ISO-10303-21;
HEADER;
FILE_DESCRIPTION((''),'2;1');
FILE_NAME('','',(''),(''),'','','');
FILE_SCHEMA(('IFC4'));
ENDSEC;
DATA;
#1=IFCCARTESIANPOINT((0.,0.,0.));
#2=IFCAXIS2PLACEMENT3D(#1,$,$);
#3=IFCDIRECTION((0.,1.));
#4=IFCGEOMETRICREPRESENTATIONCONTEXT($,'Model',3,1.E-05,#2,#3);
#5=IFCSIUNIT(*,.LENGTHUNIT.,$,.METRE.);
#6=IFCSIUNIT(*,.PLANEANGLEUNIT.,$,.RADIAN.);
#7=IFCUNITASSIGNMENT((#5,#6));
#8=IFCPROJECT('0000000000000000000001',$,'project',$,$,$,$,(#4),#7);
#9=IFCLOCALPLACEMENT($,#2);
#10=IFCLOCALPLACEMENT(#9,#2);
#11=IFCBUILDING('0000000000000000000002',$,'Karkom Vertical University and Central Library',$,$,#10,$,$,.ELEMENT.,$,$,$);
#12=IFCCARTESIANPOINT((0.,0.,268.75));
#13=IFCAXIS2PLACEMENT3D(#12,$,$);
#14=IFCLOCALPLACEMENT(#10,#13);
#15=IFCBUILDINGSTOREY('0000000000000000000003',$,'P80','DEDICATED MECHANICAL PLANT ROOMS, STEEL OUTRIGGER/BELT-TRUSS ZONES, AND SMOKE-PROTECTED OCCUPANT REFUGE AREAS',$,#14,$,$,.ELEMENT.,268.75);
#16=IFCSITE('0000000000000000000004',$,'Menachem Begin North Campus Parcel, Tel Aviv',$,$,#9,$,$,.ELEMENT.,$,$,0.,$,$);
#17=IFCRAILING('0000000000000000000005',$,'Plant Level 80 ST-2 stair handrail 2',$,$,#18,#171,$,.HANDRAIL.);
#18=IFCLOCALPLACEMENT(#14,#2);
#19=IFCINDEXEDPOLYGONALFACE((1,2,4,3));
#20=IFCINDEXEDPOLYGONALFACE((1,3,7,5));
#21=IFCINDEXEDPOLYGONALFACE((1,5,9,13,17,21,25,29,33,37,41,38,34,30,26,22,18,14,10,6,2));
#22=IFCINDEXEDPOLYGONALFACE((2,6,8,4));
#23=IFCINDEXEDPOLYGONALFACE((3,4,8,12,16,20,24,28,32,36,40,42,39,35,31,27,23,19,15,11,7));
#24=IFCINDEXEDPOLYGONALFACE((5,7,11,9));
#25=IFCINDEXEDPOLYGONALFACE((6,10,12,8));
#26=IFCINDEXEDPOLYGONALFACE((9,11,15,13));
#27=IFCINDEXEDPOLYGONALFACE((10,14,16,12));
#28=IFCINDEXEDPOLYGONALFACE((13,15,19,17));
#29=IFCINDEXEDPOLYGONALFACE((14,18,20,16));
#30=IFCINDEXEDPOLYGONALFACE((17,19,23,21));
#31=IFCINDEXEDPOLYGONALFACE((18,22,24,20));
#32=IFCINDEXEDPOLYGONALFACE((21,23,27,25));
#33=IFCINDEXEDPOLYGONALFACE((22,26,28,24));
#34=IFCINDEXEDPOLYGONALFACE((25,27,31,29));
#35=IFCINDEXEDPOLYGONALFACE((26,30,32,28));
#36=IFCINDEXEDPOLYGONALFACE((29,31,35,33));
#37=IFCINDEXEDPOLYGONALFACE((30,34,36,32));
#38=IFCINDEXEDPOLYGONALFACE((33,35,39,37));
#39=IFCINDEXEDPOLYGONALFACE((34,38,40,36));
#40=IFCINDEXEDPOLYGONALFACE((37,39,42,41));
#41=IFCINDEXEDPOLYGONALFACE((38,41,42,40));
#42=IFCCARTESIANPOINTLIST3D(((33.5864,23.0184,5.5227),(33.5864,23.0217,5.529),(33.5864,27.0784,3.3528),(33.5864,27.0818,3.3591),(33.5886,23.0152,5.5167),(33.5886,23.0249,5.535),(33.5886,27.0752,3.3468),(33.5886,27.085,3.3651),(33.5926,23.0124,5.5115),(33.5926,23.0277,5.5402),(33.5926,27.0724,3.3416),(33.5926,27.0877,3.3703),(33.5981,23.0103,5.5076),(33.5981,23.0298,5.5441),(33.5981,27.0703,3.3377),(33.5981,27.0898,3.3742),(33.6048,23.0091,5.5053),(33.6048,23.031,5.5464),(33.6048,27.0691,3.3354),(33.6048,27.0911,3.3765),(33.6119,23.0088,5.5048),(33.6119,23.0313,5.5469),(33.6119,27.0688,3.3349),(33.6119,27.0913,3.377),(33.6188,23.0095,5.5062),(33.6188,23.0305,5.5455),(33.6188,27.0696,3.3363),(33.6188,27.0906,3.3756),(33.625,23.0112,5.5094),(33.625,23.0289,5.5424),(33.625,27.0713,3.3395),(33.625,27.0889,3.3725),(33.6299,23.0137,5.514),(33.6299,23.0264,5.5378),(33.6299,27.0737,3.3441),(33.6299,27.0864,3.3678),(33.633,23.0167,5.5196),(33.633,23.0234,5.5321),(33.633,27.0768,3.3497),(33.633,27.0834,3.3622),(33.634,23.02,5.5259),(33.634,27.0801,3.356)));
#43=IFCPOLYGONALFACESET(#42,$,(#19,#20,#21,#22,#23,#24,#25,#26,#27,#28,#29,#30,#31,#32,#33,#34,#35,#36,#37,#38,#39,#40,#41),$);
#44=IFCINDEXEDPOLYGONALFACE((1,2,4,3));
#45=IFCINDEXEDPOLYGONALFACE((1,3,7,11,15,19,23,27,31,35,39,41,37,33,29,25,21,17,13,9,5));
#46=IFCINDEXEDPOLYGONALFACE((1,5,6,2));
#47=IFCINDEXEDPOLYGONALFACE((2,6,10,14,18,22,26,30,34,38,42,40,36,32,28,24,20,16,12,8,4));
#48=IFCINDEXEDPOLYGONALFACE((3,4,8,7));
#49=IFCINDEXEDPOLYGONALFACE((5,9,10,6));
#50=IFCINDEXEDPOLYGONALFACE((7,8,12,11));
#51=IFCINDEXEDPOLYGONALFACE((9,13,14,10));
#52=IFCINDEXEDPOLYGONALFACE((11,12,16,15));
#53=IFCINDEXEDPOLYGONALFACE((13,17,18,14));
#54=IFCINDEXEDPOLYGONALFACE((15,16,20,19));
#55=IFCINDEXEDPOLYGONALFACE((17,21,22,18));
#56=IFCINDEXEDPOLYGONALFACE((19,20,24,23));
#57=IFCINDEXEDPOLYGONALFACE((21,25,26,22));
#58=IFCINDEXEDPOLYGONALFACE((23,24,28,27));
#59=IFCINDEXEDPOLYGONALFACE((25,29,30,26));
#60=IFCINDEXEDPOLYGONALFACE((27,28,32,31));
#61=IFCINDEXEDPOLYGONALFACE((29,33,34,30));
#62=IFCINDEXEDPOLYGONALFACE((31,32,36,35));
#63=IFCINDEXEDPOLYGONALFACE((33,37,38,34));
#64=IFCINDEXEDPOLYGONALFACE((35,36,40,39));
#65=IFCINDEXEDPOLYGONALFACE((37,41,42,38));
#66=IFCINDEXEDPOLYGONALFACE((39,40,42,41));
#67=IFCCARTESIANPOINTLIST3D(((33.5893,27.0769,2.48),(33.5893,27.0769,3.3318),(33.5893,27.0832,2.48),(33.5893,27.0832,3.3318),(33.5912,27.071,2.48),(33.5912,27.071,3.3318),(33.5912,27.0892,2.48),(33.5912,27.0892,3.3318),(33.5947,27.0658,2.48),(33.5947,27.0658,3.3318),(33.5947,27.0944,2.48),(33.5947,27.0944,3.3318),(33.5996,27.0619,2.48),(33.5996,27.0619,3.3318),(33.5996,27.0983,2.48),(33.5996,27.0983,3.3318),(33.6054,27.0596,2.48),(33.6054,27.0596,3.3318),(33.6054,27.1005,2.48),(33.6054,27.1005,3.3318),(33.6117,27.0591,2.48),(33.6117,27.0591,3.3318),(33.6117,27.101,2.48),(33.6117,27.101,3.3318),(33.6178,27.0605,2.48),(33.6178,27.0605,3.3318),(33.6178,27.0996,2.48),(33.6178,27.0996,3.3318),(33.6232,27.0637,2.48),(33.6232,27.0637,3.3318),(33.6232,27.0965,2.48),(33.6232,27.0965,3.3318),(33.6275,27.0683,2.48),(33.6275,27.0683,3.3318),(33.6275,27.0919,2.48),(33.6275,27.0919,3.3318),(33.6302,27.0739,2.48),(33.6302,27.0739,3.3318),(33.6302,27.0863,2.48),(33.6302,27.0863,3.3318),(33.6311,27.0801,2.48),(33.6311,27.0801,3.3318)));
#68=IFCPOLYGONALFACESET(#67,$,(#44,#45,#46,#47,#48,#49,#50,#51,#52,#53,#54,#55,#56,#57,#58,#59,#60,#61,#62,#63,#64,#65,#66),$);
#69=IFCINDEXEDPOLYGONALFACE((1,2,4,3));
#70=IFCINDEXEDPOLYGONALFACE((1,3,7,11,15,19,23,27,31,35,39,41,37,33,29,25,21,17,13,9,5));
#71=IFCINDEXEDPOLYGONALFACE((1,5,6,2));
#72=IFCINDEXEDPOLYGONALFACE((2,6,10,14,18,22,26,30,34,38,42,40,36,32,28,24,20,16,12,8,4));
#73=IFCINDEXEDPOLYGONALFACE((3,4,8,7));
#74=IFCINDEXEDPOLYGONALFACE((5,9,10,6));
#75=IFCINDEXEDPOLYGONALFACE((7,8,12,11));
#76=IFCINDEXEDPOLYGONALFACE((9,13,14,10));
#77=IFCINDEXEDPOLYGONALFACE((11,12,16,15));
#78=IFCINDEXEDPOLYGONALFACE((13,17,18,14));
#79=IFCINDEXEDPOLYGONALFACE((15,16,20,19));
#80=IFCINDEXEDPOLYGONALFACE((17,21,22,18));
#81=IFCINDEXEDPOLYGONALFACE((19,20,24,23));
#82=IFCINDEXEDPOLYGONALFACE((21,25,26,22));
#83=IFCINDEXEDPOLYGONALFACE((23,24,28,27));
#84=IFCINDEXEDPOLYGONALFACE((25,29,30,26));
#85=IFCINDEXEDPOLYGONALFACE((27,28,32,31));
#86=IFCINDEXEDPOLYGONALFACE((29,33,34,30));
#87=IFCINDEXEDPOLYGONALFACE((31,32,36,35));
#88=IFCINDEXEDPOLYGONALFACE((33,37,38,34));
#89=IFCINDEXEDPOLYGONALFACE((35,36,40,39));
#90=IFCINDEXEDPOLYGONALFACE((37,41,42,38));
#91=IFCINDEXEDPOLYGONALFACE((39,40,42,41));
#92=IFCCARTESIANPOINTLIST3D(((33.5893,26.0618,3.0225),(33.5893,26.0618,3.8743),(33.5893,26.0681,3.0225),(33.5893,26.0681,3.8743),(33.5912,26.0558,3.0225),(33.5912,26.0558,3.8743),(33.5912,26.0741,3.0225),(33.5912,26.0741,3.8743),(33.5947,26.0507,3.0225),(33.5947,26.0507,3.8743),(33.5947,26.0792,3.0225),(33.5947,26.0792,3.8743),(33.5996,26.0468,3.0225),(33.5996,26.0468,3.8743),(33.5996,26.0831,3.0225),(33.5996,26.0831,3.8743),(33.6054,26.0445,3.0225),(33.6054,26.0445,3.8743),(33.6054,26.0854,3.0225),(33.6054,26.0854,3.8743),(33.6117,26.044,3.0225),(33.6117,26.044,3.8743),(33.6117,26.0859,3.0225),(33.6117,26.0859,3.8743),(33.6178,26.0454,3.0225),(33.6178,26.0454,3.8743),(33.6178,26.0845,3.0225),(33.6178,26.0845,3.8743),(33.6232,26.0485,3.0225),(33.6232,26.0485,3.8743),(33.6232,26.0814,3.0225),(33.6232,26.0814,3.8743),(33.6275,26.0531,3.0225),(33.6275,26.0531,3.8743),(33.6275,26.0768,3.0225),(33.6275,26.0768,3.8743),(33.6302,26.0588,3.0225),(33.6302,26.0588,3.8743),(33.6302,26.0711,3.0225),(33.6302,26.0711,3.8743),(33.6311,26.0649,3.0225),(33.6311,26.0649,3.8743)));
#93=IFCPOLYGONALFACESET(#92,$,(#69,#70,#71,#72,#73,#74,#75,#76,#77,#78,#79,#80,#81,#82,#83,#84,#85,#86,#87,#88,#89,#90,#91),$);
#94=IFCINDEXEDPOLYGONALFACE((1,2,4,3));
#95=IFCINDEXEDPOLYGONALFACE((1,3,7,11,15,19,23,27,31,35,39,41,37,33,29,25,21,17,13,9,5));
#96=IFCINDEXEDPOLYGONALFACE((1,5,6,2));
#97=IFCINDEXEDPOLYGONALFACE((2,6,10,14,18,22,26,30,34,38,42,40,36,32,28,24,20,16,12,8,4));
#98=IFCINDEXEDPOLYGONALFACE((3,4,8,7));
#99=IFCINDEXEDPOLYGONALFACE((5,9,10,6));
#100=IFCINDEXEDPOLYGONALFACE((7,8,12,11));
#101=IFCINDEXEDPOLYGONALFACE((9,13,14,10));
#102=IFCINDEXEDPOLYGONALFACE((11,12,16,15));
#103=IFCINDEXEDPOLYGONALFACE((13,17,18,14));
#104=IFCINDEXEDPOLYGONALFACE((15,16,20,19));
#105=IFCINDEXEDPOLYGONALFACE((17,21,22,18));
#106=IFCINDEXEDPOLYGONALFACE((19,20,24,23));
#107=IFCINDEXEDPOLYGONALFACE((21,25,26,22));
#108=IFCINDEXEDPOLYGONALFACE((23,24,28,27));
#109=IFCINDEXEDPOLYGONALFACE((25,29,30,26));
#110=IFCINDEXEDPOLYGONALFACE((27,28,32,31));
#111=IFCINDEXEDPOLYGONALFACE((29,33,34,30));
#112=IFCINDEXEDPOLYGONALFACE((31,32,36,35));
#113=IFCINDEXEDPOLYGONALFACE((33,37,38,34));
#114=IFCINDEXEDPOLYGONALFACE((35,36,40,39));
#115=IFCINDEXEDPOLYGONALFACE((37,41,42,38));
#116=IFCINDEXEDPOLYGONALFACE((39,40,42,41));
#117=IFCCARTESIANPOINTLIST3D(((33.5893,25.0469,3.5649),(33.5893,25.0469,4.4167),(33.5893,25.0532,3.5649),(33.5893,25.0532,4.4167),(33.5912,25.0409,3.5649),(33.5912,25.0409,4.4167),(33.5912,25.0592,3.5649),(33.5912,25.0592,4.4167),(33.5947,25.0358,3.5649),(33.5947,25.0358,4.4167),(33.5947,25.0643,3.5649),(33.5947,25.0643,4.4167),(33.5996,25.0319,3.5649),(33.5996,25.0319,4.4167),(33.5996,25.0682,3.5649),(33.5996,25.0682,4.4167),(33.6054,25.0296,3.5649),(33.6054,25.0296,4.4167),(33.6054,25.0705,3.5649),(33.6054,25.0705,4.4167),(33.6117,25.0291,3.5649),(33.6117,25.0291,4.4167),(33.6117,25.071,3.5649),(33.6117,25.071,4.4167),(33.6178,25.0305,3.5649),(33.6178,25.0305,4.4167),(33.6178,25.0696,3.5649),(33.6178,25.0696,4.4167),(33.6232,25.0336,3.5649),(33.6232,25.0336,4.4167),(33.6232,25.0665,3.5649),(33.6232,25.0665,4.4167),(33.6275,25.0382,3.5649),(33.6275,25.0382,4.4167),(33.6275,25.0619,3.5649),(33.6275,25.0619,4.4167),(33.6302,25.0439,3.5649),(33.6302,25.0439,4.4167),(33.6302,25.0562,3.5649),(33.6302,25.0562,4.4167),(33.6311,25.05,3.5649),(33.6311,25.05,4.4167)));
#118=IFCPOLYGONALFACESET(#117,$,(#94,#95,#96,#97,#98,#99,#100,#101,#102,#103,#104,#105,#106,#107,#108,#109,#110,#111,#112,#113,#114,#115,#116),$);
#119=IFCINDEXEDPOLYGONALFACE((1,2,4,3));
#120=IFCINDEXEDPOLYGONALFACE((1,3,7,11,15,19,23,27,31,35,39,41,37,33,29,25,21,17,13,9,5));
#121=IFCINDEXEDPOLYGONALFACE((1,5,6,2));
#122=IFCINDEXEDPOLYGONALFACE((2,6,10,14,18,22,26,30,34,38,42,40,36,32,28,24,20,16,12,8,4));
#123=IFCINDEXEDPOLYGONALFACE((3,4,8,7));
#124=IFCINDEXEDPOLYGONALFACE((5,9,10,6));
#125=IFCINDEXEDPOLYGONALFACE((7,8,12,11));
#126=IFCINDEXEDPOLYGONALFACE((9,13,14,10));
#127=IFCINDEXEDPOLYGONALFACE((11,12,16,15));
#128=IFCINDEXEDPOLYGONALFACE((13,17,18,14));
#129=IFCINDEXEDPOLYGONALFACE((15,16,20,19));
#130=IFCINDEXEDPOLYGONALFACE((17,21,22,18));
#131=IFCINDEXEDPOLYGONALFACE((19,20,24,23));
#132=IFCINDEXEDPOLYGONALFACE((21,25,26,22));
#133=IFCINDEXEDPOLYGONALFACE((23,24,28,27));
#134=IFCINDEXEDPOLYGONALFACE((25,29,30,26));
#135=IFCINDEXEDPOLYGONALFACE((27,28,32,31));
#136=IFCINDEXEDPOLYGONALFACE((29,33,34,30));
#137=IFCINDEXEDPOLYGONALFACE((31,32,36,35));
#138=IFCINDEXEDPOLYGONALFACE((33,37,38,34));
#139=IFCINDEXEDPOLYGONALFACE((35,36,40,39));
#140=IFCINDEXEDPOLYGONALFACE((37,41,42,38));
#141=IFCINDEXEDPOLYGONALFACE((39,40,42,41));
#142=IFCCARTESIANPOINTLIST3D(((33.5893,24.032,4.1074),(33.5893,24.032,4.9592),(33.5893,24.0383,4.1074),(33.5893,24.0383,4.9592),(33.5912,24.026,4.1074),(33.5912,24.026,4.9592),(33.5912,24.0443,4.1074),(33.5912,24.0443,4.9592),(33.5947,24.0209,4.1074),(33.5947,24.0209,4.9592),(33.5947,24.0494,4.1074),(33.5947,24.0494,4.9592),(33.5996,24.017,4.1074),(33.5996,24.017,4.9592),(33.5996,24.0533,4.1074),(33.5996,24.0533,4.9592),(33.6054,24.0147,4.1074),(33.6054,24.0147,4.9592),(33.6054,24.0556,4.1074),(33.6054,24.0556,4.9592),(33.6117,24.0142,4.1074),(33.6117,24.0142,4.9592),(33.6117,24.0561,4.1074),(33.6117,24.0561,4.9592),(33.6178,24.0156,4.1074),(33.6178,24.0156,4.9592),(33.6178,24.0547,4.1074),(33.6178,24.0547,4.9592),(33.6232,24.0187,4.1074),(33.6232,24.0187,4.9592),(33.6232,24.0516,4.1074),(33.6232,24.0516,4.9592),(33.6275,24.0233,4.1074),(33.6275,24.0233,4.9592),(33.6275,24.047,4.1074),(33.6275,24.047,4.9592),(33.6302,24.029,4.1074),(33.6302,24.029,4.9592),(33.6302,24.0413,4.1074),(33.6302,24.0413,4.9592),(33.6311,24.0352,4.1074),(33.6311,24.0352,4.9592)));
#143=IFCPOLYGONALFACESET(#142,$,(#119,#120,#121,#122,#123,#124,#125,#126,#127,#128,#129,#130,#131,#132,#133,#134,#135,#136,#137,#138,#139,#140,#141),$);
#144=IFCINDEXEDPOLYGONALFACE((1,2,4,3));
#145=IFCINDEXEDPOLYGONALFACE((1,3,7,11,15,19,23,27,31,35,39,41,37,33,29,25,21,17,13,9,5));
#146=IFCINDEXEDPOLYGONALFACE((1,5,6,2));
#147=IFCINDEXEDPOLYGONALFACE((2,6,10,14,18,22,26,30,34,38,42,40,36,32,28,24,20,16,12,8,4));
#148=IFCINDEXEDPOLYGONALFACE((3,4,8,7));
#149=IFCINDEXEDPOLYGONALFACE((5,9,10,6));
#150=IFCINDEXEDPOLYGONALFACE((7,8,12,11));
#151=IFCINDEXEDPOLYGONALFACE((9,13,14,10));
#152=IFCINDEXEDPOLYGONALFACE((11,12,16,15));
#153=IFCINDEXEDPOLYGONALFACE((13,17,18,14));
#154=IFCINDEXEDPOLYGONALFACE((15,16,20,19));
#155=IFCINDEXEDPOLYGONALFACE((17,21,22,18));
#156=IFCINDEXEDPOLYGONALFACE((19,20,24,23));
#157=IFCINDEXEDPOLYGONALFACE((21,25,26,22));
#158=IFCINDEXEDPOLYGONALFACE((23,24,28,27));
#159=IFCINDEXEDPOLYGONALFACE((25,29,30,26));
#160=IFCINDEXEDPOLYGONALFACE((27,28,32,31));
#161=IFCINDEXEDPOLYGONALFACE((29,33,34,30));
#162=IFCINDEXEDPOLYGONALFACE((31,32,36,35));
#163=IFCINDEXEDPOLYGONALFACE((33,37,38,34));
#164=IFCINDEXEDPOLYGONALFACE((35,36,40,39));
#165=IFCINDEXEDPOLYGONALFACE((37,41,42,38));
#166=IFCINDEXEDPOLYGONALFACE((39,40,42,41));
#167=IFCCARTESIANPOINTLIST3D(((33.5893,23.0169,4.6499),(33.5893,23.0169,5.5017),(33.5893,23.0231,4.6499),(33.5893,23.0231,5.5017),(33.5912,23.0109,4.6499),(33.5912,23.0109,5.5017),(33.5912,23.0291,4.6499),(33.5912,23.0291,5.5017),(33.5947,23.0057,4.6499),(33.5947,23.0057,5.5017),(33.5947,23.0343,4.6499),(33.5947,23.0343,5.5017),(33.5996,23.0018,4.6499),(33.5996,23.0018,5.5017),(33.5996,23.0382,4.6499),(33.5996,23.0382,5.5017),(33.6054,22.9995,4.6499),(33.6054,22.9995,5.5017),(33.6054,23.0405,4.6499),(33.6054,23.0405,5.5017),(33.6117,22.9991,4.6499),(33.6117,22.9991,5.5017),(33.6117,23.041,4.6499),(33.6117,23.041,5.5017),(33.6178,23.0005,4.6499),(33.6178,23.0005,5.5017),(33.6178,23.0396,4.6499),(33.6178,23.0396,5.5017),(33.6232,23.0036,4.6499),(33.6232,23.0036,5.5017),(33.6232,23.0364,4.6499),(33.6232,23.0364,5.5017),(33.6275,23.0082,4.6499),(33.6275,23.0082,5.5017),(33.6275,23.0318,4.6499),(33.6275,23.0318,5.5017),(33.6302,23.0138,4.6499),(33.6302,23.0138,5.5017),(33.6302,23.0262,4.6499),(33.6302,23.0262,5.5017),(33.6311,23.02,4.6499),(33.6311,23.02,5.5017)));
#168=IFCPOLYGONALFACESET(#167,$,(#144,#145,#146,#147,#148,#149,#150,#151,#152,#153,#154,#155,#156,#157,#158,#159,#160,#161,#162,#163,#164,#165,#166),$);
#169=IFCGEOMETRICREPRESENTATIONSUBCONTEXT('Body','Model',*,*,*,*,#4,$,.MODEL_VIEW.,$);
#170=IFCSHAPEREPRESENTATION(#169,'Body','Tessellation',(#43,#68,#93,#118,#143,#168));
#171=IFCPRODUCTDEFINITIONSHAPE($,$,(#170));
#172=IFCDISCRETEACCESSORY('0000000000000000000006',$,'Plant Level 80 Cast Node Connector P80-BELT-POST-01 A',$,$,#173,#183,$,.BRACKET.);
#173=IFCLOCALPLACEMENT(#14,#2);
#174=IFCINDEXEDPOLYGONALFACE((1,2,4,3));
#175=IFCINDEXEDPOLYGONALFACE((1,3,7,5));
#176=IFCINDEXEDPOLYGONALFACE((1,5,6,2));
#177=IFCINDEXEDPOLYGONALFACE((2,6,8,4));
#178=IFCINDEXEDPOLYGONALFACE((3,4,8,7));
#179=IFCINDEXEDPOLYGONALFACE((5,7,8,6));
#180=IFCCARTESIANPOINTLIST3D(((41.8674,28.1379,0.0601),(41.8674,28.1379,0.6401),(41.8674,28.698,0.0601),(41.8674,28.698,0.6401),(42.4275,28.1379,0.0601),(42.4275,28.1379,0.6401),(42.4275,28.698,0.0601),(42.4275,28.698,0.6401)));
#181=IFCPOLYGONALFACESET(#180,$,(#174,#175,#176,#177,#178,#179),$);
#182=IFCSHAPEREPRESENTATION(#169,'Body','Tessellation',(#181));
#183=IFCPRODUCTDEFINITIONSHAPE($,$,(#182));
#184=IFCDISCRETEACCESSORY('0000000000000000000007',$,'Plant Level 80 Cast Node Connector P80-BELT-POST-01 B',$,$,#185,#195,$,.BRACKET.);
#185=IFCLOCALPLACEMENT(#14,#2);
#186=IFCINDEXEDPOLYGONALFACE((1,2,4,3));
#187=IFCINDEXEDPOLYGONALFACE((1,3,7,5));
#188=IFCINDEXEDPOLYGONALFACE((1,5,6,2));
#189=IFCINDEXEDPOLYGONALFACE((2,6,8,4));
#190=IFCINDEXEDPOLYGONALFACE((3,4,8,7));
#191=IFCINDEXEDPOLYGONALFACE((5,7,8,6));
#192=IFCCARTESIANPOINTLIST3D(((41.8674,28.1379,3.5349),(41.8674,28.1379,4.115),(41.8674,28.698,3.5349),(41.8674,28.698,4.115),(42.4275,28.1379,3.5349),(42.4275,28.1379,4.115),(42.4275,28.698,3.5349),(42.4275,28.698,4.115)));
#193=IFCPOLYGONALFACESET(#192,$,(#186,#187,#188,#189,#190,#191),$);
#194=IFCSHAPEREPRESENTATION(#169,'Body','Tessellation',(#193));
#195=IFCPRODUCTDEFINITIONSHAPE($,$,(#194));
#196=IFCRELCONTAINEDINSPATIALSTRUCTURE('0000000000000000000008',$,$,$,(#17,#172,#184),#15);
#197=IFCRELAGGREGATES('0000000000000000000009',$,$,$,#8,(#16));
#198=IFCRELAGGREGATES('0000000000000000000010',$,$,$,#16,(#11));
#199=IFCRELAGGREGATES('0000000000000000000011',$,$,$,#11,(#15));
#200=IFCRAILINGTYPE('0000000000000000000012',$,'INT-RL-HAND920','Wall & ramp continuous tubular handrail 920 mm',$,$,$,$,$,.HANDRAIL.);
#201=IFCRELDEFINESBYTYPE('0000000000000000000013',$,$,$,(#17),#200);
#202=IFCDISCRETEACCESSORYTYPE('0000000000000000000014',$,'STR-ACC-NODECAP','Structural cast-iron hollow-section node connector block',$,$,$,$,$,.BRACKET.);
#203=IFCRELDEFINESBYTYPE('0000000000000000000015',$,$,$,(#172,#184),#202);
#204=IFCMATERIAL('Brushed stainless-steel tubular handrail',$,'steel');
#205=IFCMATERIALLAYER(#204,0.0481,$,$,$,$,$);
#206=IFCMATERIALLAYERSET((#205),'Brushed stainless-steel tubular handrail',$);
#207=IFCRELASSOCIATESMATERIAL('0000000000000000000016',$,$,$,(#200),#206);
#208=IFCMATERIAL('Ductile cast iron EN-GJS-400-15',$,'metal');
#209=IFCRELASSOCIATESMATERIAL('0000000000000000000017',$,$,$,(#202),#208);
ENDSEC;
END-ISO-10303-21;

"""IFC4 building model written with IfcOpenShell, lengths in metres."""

from ifc_helpers import new_model, si_unit, direction, frame, origin, origin_with_axes, origin_2d, place, context, subcontext, project, spatial, rectangle, circle, extrude, source, transform, mapped, material, layer, layer_set, type_object, element, save


model = new_model("IFC4")

# Units and contexts
model_context = context("Model", 3, precision=1e-05, world=origin(), true_north=direction((0.0, 1.0)))
body_context = subcontext(model_context, "Body", "Model", "MODEL_VIEW")
ifc_project = project(units=[si_unit("LENGTHUNIT", "METRE"), si_unit("PLANEANGLEUNIT", "RADIAN")], contexts=[model_context])

# Site, building, storey
site_placement = place(None, origin())
site = spatial("IfcSite", under=ifc_project, at=site_placement, Name="Menachem Begin North Campus Parcel, Tel Aviv", CompositionType="ELEMENT", RefElevation=0.0)
building_placement = place(site_placement, origin())
building = spatial("IfcBuilding", under=site, at=building_placement, Name="Karkom Vertical University and Central Library", CompositionType="ELEMENT")
storey_placement = place(building_placement, frame((0.0, 0.0, 268.75)))
storey = spatial("IfcBuildingStorey", under=building, at=storey_placement, Name="P80", Description="DEDICATED MECHANICAL PLANT ROOMS, STEEL OUTRIGGER/BELT-TRUSS ZONES, AND SMOKE-PROTECTED OCCUPANT REFUGE AREAS", CompositionType="ELEMENT", Elevation=268.75)

# Railing
ifc_material_1 = material(Name="Brushed stainless-steel tubular handrail", Category="steel")
ifc_layer_1 = layer(ifc_material_1, 0.0481)
ifc_layer_set_1 = layer_set([ifc_layer_1], Name="Brushed stainless-steel tubular handrail")
railing_type_1 = type_object("IfcRailingType", Name="INT-RL-HAND920", Description="Wall & ramp continuous tubular handrail 920 mm", PredefinedType="HANDRAIL", material=ifc_layer_set_1)
railing_1_placement = place(storey_placement, frame((33.6101, 27.0801, 2.48)))
element("IfcRailing", 1, at=railing_1_placement, inside=storey, type_object=railing_type_1, Name="Plant Level 80 ST-2 stair handrail 2", PredefinedType="HANDRAIL", context=body_context, shape_type="SweptSolid", body=[
    extrude(circle(Radius=0.0239, at=origin_2d()), frame((0.0, 0.0, 0.876), z_axis=(0.0, -0.881942, 0.471359), x_axis=(1.0, 0.0, 0.0)), (0.0, 0.0, 1.0), 4.6035),
    extrude(circle(Radius=0.021, at=origin_2d()), origin(), (0.0, 0.0, 1.0), 0.8518),
    extrude(circle(Radius=0.021, at=origin_2d()), frame((0.0, -1.0151, 0.5425)), (0.0, 0.0, 1.0), 0.8518),
    extrude(circle(Radius=0.021, at=origin_2d()), frame((0.0, -2.03, 1.085)), (0.0, 0.0, 1.0), 0.8518),
    extrude(circle(Radius=0.021, at=origin_2d()), frame((0.0, -3.0449, 1.6274)), (0.0, 0.0, 1.0), 0.8518),
    extrude(circle(Radius=0.021, at=origin_2d()), frame((0.0, -4.0601, 2.1699)), (0.0, 0.0, 1.0), 0.8518),
])

# Discrete accessories
ifc_material_2 = material(Name="Ductile cast iron EN-GJS-400-15", Category="metal")
discrete_accessory_type = type_object("IfcDiscreteAccessoryType", Name="STR-ACC-NODECAP", Description="Structural cast-iron hollow-section node connector block", PredefinedType="BRACKET", material=ifc_material_2)
shared_shape_1 = source(origin_with_axes(), body_context, "Body", "SweptSolid", [
    extrude(rectangle(XDim=0.5601, YDim=0.5601, at=origin_2d()), origin(), (0.0, 0.0, 1.0), 0.5801),
])
for number, where, z_axis, x_axis, name in (
    (2, (42.1475, 28.418, 0.0601), (0.0, 0.0, 1.0), (1.0, 0.0, 0.0), "Plant Level 80 Cast Node Connector P80-BELT-POST-01 A"),
    (3, (42.1475, 28.418, 3.5349), (0.0, 0.0, 1.0), (1.0, 0.0, 0.0), "Plant Level 80 Cast Node Connector P80-BELT-POST-01 B"),
):
    element("IfcDiscreteAccessory", number, at=place(storey_placement, frame(where, z_axis=z_axis, x_axis=x_axis)), inside=storey, type_object=discrete_accessory_type, Name=name, PredefinedType="BRACKET", context=body_context, shape_type="MappedRepresentation", body=[
        mapped(shared_shape_1, transform((0.0, 0.0, 0.0), scale=1.0)),
    ])

save(model, "model.ifc")
